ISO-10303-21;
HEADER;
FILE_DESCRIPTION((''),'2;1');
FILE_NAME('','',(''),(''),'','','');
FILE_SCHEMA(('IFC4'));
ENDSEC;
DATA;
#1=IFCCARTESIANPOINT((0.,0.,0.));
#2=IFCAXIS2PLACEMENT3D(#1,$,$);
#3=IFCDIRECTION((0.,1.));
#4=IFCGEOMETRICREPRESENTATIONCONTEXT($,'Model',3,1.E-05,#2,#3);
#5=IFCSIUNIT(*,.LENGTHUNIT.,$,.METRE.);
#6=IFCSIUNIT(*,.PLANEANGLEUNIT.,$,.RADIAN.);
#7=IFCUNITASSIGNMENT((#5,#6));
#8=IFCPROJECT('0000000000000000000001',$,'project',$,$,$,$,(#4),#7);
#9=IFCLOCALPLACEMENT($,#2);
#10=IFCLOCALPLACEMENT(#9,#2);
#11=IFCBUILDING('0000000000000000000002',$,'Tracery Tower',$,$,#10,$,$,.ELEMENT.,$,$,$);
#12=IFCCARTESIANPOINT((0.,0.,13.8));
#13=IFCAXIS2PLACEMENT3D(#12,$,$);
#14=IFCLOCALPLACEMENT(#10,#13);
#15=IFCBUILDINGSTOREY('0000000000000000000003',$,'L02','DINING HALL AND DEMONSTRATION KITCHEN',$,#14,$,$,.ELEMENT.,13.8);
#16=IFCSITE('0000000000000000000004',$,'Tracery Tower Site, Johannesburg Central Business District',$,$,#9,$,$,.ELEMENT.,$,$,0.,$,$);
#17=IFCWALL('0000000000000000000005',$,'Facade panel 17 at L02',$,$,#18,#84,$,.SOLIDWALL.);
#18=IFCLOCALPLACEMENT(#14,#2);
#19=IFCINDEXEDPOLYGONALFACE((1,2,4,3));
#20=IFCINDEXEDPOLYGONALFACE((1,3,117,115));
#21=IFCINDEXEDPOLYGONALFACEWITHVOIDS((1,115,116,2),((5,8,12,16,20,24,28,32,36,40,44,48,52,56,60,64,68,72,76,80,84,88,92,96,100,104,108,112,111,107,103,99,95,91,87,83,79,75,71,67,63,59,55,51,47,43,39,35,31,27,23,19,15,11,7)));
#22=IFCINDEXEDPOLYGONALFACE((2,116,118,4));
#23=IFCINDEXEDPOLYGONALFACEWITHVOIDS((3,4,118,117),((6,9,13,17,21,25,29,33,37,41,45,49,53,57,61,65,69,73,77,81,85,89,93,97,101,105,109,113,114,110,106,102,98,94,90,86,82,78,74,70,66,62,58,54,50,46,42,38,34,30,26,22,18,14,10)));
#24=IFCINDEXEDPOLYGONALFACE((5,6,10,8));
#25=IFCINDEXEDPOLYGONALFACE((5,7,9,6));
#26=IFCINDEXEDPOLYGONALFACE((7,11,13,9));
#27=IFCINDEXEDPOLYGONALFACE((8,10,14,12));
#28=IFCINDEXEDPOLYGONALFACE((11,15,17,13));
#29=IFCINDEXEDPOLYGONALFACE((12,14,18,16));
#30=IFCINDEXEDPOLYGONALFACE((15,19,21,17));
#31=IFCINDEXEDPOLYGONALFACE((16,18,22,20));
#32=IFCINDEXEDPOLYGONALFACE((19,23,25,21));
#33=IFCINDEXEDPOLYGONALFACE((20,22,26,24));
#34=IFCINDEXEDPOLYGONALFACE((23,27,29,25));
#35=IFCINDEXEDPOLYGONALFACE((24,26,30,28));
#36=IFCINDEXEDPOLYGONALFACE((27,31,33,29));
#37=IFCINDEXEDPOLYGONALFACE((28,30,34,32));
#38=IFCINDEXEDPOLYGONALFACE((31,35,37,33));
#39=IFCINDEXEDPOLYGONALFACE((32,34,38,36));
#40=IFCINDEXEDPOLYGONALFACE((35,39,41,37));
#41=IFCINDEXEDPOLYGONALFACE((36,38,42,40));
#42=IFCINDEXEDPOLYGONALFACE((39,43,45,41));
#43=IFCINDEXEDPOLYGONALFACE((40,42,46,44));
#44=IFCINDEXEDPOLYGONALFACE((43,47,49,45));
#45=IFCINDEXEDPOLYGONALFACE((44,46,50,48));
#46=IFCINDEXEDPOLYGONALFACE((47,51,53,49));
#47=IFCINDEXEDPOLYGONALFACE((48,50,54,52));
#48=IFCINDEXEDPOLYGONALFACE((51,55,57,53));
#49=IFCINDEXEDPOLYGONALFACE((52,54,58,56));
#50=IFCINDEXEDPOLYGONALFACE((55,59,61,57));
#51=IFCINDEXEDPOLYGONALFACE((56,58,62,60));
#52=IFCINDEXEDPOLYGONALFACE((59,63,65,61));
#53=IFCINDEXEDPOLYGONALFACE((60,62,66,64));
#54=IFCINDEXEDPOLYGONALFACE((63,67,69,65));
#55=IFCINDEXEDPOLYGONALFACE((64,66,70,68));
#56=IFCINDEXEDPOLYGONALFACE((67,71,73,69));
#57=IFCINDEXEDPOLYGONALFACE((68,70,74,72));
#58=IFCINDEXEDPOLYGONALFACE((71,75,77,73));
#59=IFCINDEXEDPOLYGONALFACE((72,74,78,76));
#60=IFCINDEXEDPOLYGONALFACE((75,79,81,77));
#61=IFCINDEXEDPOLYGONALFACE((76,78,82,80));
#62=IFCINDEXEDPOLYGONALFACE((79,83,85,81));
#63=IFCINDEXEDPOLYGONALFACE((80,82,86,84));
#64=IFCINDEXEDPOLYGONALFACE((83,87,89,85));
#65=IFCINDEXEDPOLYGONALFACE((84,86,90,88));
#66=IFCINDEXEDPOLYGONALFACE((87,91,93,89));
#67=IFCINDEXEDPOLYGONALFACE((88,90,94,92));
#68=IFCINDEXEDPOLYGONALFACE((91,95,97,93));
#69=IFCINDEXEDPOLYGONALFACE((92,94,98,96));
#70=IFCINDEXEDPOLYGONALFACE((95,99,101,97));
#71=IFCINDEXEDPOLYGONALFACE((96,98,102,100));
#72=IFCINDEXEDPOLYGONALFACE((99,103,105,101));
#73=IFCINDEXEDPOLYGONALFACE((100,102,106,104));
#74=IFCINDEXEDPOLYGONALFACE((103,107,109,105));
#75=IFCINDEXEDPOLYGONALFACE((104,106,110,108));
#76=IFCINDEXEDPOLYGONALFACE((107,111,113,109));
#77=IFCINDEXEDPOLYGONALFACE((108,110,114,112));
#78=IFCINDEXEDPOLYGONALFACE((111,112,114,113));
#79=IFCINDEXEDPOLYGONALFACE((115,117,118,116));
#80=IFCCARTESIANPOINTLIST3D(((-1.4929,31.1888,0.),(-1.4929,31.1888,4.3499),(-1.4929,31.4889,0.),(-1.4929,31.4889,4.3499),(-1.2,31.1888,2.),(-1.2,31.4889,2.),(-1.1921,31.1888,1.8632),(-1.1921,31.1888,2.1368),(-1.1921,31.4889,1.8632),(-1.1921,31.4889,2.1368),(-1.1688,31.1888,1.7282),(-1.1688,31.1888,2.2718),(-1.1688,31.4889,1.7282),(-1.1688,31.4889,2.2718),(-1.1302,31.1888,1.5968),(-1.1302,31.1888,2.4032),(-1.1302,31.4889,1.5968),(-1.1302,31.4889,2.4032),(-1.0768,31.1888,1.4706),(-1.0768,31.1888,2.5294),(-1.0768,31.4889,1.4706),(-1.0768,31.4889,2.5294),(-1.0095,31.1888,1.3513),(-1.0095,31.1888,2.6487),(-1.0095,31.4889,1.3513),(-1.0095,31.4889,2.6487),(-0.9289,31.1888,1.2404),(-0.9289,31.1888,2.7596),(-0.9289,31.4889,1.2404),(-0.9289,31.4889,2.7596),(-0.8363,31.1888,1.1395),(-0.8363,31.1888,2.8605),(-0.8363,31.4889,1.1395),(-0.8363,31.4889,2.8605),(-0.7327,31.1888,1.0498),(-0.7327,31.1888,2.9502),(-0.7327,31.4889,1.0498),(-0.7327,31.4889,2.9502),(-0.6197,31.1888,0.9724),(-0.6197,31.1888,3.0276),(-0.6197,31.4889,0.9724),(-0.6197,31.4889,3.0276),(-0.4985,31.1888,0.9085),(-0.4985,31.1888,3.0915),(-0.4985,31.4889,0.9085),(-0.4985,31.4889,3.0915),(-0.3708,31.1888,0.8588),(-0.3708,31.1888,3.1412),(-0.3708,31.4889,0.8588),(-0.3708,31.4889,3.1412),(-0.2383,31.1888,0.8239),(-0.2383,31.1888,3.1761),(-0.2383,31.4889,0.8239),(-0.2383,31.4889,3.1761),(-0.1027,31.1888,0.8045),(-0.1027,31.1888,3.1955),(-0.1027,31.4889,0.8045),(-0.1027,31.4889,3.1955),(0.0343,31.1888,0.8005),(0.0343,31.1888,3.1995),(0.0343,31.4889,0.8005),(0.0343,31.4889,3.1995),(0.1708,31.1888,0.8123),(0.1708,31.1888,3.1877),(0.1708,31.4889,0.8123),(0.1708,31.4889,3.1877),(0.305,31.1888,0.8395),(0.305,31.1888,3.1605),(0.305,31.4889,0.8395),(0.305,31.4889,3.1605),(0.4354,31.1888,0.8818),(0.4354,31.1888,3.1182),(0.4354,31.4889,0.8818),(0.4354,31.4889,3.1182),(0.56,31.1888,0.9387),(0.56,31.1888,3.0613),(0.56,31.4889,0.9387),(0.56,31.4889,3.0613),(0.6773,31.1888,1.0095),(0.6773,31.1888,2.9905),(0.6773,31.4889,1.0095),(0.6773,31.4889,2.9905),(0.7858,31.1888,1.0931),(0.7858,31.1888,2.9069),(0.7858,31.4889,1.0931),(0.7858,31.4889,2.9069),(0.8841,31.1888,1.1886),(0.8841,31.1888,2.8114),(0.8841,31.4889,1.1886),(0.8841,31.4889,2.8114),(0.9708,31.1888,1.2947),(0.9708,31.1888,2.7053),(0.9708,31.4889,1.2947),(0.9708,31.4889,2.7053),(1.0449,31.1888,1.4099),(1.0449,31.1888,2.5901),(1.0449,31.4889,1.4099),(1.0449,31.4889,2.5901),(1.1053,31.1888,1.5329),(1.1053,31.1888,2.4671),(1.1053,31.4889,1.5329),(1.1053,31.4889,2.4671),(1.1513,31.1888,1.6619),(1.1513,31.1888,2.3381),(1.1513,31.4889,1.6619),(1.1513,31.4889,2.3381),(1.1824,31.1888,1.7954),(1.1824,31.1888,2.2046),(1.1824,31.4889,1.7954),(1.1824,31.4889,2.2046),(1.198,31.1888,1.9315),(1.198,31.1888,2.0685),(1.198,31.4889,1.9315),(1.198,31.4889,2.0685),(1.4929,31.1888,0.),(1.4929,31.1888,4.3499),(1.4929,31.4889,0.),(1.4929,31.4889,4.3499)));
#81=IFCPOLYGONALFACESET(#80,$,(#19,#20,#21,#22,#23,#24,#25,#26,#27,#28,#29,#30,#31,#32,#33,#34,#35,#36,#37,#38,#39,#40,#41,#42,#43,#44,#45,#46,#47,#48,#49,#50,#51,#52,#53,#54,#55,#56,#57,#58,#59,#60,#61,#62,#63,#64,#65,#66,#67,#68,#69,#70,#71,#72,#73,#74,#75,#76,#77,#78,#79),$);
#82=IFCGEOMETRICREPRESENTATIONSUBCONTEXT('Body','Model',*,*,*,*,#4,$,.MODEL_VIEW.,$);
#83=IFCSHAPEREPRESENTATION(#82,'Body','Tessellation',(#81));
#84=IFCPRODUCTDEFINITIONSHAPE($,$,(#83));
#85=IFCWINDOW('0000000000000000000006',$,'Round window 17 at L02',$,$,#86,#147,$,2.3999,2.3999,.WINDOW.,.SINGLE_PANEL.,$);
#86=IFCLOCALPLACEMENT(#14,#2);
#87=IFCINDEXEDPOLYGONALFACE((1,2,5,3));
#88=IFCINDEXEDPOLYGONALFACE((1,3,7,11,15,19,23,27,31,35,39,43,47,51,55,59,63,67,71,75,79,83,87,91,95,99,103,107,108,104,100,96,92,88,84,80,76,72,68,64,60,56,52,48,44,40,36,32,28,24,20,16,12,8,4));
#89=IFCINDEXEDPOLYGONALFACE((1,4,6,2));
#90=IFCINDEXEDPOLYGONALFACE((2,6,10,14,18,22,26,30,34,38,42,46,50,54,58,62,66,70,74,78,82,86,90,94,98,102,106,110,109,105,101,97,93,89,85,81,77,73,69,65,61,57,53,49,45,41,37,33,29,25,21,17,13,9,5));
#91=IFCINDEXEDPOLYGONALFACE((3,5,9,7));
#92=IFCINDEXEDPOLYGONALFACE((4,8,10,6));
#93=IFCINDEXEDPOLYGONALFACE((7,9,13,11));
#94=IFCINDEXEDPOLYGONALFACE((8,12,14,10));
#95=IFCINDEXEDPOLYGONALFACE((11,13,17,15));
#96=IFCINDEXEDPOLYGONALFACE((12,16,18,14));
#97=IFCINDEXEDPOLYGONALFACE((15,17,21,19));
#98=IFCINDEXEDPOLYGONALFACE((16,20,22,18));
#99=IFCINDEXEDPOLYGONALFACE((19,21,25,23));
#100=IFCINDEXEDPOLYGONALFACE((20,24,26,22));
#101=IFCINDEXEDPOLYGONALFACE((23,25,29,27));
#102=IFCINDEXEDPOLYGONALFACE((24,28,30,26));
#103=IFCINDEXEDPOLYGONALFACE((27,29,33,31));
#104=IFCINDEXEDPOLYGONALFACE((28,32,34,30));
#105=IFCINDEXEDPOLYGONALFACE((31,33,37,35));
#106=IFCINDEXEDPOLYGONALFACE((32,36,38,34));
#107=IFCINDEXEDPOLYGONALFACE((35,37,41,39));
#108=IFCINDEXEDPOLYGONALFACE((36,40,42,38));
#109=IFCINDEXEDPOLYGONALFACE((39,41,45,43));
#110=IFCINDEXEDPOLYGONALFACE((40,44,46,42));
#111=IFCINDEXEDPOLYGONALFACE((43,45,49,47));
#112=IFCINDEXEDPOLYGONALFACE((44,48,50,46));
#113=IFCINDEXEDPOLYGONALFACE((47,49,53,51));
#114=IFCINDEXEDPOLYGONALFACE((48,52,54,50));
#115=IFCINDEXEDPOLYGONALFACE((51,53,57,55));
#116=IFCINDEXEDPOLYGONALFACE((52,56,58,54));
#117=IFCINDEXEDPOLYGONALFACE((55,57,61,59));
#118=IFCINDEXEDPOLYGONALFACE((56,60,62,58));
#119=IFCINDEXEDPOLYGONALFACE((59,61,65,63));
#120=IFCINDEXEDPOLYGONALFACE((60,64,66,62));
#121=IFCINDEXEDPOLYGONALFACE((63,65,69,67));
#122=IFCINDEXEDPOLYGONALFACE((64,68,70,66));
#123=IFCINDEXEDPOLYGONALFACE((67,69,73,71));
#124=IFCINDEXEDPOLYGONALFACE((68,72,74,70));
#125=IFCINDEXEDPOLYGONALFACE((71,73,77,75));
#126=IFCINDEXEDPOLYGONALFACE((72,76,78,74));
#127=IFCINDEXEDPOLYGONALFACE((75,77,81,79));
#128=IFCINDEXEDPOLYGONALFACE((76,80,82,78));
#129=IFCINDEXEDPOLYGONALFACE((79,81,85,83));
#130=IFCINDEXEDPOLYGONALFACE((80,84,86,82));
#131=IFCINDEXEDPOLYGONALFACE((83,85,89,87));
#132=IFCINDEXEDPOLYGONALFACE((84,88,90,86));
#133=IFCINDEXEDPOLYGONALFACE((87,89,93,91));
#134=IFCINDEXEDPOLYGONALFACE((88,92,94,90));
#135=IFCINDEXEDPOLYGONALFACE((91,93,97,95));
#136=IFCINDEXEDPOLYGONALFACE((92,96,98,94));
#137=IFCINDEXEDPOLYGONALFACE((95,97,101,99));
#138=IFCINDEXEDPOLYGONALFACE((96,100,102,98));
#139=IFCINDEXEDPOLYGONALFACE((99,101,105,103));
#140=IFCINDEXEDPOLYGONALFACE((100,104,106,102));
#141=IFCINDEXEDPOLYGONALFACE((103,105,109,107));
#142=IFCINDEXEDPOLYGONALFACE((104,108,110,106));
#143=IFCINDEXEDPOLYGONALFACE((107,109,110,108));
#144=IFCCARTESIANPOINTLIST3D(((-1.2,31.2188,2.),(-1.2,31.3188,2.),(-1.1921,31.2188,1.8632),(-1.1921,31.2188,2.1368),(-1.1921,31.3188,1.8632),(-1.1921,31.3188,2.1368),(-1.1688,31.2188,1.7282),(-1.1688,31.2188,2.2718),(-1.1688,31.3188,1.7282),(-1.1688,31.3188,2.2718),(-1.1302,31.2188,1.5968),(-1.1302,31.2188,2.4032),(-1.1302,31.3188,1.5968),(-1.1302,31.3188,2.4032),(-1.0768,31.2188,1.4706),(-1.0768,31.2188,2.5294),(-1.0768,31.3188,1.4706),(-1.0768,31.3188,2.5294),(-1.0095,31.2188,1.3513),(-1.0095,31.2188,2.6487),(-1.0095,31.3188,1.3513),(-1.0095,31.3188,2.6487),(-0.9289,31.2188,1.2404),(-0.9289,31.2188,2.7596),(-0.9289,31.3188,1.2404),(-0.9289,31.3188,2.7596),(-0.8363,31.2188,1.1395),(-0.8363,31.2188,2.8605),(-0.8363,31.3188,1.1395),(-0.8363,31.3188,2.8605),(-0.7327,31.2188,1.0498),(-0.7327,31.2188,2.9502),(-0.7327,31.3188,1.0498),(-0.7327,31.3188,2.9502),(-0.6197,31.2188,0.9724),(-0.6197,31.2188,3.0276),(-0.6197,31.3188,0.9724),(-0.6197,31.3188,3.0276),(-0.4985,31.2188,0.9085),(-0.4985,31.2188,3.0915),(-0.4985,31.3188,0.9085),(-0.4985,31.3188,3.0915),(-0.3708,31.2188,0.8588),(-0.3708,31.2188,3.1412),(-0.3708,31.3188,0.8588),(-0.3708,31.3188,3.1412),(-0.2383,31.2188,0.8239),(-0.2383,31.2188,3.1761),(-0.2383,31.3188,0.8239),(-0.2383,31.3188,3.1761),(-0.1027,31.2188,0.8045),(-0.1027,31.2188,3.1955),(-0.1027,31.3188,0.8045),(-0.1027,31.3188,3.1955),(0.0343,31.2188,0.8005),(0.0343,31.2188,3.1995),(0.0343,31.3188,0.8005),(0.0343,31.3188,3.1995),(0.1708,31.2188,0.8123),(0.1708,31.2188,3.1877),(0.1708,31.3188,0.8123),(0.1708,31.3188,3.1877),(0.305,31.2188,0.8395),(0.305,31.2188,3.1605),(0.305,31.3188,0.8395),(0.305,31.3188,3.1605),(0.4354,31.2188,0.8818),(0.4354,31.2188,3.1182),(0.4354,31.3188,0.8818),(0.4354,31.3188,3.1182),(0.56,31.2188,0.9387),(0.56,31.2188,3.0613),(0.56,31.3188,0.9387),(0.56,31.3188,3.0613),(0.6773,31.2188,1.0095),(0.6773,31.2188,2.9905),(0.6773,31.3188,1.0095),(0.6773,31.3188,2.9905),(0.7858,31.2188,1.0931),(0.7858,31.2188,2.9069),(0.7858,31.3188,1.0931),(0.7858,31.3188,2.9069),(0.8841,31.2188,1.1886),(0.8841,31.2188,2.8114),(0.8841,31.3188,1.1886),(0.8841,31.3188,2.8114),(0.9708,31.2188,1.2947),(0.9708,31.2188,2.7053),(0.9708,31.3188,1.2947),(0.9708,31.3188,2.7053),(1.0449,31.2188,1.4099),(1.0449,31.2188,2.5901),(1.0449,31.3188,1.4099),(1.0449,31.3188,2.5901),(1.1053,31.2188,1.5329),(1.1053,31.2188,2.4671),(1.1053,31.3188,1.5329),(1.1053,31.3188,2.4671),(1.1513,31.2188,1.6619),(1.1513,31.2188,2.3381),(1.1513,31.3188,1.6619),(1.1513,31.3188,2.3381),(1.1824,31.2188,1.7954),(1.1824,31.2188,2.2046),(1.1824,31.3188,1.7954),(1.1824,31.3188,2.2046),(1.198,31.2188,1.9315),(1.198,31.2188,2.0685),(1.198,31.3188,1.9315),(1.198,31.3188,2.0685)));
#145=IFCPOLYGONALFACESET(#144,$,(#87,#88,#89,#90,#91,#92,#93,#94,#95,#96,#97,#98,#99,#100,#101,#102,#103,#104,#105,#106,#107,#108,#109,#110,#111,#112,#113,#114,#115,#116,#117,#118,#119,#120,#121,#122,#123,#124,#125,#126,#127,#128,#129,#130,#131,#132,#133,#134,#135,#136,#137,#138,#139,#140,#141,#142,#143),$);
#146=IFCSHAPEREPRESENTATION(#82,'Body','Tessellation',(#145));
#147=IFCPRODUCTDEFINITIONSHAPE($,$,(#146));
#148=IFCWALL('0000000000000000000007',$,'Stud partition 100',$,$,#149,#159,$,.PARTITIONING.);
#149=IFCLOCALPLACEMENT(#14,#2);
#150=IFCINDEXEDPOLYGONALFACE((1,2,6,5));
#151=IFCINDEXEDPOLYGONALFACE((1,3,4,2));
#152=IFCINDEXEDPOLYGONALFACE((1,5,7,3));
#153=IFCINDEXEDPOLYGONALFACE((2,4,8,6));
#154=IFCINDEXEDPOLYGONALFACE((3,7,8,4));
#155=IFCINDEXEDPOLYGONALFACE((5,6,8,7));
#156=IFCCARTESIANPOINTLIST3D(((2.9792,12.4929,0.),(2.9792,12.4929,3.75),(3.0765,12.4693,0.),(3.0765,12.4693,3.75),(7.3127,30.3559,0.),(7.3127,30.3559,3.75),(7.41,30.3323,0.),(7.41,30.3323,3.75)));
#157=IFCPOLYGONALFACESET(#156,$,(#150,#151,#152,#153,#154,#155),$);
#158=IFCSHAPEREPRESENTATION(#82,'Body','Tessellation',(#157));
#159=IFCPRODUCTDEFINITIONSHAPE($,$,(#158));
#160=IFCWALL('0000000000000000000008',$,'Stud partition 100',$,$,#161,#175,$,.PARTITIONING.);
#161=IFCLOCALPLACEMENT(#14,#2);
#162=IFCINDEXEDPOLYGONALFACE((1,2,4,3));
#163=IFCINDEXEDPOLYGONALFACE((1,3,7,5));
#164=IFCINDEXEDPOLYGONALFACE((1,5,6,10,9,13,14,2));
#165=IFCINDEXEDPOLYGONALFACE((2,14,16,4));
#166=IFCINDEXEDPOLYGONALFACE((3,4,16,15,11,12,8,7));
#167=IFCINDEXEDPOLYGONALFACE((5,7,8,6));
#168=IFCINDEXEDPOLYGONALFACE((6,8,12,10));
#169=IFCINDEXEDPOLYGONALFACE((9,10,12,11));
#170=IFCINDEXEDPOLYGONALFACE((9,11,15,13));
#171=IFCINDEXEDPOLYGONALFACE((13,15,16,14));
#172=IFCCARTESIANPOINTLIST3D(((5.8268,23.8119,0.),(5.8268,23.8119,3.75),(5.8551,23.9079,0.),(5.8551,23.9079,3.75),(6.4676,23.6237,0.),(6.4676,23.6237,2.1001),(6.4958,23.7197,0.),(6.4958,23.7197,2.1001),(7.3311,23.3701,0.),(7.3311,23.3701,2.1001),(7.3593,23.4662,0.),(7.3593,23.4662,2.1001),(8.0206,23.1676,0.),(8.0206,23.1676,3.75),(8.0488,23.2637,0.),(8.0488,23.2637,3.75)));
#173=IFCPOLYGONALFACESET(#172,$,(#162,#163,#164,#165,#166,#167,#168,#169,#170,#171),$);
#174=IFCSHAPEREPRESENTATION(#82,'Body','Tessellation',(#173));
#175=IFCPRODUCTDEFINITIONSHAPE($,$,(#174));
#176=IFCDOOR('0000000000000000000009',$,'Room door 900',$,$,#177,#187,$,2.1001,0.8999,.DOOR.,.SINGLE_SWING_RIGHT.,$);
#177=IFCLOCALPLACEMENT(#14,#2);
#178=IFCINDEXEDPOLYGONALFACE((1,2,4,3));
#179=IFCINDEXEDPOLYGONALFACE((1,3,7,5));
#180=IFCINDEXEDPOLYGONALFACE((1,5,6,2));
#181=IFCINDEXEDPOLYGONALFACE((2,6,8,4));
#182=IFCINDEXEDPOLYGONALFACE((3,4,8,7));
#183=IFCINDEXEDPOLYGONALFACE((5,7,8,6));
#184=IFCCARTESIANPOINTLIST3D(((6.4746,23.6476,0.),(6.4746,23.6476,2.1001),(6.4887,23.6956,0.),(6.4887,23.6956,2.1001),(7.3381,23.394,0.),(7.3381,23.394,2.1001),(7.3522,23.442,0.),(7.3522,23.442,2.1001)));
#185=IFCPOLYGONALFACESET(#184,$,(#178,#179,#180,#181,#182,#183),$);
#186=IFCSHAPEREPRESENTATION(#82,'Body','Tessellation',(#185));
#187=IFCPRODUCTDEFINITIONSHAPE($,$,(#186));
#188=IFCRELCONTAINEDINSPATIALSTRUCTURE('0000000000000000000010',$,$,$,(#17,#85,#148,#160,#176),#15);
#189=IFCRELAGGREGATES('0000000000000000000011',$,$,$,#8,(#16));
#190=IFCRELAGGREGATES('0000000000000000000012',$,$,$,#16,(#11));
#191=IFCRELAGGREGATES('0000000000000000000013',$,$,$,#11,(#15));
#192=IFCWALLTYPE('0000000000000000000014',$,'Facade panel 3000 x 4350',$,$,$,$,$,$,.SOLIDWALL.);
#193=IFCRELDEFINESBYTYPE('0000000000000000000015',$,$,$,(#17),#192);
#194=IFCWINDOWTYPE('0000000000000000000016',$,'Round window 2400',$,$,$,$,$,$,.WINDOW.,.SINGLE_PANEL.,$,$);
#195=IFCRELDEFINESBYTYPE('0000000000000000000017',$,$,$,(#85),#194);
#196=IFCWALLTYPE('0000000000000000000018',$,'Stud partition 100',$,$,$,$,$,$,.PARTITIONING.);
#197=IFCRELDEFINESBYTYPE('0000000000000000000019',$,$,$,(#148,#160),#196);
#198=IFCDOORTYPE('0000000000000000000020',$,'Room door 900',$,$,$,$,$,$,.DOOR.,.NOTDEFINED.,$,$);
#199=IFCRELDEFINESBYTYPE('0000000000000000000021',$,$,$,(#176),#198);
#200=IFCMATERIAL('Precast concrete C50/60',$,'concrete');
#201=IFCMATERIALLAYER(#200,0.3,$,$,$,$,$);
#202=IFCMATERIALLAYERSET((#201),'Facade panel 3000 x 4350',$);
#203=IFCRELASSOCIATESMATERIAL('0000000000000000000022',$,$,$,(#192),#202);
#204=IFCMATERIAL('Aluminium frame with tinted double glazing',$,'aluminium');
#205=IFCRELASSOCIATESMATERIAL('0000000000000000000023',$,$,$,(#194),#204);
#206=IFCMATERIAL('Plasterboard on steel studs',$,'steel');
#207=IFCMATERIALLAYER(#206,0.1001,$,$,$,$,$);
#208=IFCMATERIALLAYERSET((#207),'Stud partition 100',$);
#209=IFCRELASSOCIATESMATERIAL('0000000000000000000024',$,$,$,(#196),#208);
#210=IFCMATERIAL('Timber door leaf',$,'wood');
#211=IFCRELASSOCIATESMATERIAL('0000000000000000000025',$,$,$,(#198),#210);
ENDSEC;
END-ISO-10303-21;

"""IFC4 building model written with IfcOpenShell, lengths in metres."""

from ifc_helpers import new_model, si_unit, direction, frame, frame_2d, origin, origin_2d, place, context, subcontext, project, spatial, rectangle, circle, extrude, material, layer, layer_set, type_object, element, fill, save


model = new_model("IFC4")

# Units and contexts
model_context = context("Model", 3, precision=1e-05, world=origin(), true_north=direction((0.0, 1.0)))
body_context = subcontext(model_context, "Body", "Model", "MODEL_VIEW")
ifc_project = project(units=[si_unit("LENGTHUNIT", "METRE"), si_unit("PLANEANGLEUNIT", "RADIAN")], contexts=[model_context])

# Site, building, storey
site_placement = place(None, origin())
site = spatial("IfcSite", under=ifc_project, at=site_placement, Name="Tracery Tower Site, Johannesburg Central Business District", CompositionType="ELEMENT", RefElevation=0.0)
building_placement = place(site_placement, origin())
building = spatial("IfcBuilding", under=site, at=building_placement, Name="Tracery Tower", CompositionType="ELEMENT")
storey_placement = place(building_placement, frame((0.0, 0.0, 13.8)))
storey = spatial("IfcBuildingStorey", under=building, at=storey_placement, Name="L02", Description="DINING HALL AND DEMONSTRATION KITCHEN", CompositionType="ELEMENT", Elevation=13.8)

# Wall, opening, window
ifc_material_1 = material(Name="Precast concrete C50/60", Category="concrete")
ifc_layer_1 = layer(ifc_material_1, 0.3)
ifc_layer_set_1 = layer_set([ifc_layer_1], Name="Facade panel 3000 x 4350")
wall_type_1 = type_object("IfcWallType", Name="Facade panel 3000 x 4350", PredefinedType="SOLIDWALL", material=ifc_layer_set_1)
ifc_material_2 = material(Name="Aluminium frame with tinted double glazing", Category="aluminium")
window_type = type_object("IfcWindowType", Name="Round window 2400", PartitioningType="SINGLE_PANEL", PredefinedType="WINDOW", material=ifc_material_2)
wall_1_placement = place(storey_placement, frame((1.4929, 31.3389, 0.0), z_axis=(0.0, 0.0, 1.0), x_axis=(-1.0, 0.0, 0.0)))
wall_1 = element("IfcWall", 1, at=wall_1_placement, inside=storey, type_object=wall_type_1, Name="Facade panel 17 at L02", PredefinedType="SOLIDWALL", context=body_context, shape_type="SweptSolid", body=[
    extrude(rectangle(XDim=2.9858, YDim=0.3, at=frame_2d((1.4929, 0.0))), origin(), (0.0, 0.0, 1.0), 4.3499),
])
opening_1_placement = place(wall_1_placement, frame((1.4929, 0.0, 2.0)))
opening_1 = element("IfcOpeningElement", 2, at=opening_1_placement, cuts=wall_1, PredefinedType="OPENING", context=body_context, shape_type="SweptSolid", body=[
    extrude(circle(Radius=1.2, at=origin_2d()), frame((0.0, 0.1599, 0.0), z_axis=(0.0, -1.0, 0.0), x_axis=(1.0, 0.0, 0.0)), (0.0, 0.0, 1.0), 0.3201),
])
window_1_placement = place(opening_1_placement, origin())
window_1 = element("IfcWindow", 3, at=window_1_placement, inside=storey, type_object=window_type, Name="Round window 17 at L02", OverallHeight=2.3999, OverallWidth=2.3999, PartitioningType="SINGLE_PANEL", PredefinedType="WINDOW", context=body_context, shape_type="SweptSolid", body=[
    extrude(circle(Radius=1.2, at=origin_2d()), frame((0.0, 0.1201, 0.0), z_axis=(0.0, -1.0, 0.0), x_axis=(1.0, 0.0, 0.0)), (0.0, 0.0, 1.0), 0.1001),
])
fill(opening_1, window_1)

# Wall
ifc_material_3 = material(Name="Plasterboard on steel studs", Category="steel")
ifc_layer_2 = layer(ifc_material_3, 0.1001)
ifc_layer_set_2 = layer_set([ifc_layer_2], Name="Stud partition 100")
wall_type_2 = type_object("IfcWallType", Name="Stud partition 100", PredefinedType="PARTITIONING", material=ifc_layer_set_2)
wall_2_placement = place(storey_placement, frame((7.3613, 30.344, 0.0), z_axis=(0.0, 0.0, 1.0), x_axis=(-0.235757, -0.971812, 0.0)))
element("IfcWall", 4, at=wall_2_placement, inside=storey, type_object=wall_type_2, Name="Stud partition 100", PredefinedType="PARTITIONING", context=body_context, shape_type="SweptSolid", body=[
    extrude(rectangle(XDim=18.3811, YDim=0.1001, at=frame_2d((9.1904, 0.0))), origin(), (0.0, 0.0, 1.0), 3.75),
])

# Wall, opening, door
wall_3_placement = place(storey_placement, frame((5.8411, 23.8599, 0.0), z_axis=(0.0, 0.0, 1.0), x_axis=(0.959479, -0.281779, 0.0)))
wall_3 = element("IfcWall", 5, at=wall_3_placement, inside=storey, type_object=wall_type_2, Name="Stud partition 100", PredefinedType="PARTITIONING", context=body_context, shape_type="SweptSolid", body=[
    extrude(rectangle(XDim=2.2864, YDim=0.1001, at=frame_2d((1.1431, 0.0))), origin(), (0.0, 0.0, 1.0), 3.75),
])
opening_2_placement = place(wall_3_placement, frame((0.6677, 0.0, 0.0)))
opening_2 = element("IfcOpeningElement", 6, at=opening_2_placement, cuts=wall_3, PredefinedType="OPENING", context=body_context, shape_type="SweptSolid", body=[
    extrude(rectangle(XDim=0.8999, YDim=2.1001, at=frame_2d((0.45, 1.05))), frame((0.0, 0.05, 0.0), z_axis=(0.0, -1.0, 0.0), x_axis=(1.0, 0.0, 0.0)), (0.0, 0.0, 1.0), 0.1001),
])
ifc_material_4 = material(Name="Timber door leaf", Category="wood")
door_type = type_object("IfcDoorType", Name="Room door 900", OperationType="NOTDEFINED", PredefinedType="DOOR", material=ifc_material_4)
door_placement = place(opening_2_placement, origin())
door = element("IfcDoor", 7, at=door_placement, inside=storey, type_object=door_type, Name="Room door 900", OperationType="SINGLE_SWING_RIGHT", OverallHeight=2.1001, OverallWidth=0.8999, PredefinedType="DOOR", context=body_context, shape_type="SweptSolid", body=[
    extrude(rectangle(XDim=0.8999, YDim=2.1001, at=frame_2d((0.45, 1.05))), frame((0.0, 0.0249, 0.0), z_axis=(0.0, -1.0, 0.0), x_axis=(1.0, 0.0, 0.0)), (0.0, 0.0, 1.0), 0.05),
])
fill(opening_2, door)

save(model, "model.ifc")
